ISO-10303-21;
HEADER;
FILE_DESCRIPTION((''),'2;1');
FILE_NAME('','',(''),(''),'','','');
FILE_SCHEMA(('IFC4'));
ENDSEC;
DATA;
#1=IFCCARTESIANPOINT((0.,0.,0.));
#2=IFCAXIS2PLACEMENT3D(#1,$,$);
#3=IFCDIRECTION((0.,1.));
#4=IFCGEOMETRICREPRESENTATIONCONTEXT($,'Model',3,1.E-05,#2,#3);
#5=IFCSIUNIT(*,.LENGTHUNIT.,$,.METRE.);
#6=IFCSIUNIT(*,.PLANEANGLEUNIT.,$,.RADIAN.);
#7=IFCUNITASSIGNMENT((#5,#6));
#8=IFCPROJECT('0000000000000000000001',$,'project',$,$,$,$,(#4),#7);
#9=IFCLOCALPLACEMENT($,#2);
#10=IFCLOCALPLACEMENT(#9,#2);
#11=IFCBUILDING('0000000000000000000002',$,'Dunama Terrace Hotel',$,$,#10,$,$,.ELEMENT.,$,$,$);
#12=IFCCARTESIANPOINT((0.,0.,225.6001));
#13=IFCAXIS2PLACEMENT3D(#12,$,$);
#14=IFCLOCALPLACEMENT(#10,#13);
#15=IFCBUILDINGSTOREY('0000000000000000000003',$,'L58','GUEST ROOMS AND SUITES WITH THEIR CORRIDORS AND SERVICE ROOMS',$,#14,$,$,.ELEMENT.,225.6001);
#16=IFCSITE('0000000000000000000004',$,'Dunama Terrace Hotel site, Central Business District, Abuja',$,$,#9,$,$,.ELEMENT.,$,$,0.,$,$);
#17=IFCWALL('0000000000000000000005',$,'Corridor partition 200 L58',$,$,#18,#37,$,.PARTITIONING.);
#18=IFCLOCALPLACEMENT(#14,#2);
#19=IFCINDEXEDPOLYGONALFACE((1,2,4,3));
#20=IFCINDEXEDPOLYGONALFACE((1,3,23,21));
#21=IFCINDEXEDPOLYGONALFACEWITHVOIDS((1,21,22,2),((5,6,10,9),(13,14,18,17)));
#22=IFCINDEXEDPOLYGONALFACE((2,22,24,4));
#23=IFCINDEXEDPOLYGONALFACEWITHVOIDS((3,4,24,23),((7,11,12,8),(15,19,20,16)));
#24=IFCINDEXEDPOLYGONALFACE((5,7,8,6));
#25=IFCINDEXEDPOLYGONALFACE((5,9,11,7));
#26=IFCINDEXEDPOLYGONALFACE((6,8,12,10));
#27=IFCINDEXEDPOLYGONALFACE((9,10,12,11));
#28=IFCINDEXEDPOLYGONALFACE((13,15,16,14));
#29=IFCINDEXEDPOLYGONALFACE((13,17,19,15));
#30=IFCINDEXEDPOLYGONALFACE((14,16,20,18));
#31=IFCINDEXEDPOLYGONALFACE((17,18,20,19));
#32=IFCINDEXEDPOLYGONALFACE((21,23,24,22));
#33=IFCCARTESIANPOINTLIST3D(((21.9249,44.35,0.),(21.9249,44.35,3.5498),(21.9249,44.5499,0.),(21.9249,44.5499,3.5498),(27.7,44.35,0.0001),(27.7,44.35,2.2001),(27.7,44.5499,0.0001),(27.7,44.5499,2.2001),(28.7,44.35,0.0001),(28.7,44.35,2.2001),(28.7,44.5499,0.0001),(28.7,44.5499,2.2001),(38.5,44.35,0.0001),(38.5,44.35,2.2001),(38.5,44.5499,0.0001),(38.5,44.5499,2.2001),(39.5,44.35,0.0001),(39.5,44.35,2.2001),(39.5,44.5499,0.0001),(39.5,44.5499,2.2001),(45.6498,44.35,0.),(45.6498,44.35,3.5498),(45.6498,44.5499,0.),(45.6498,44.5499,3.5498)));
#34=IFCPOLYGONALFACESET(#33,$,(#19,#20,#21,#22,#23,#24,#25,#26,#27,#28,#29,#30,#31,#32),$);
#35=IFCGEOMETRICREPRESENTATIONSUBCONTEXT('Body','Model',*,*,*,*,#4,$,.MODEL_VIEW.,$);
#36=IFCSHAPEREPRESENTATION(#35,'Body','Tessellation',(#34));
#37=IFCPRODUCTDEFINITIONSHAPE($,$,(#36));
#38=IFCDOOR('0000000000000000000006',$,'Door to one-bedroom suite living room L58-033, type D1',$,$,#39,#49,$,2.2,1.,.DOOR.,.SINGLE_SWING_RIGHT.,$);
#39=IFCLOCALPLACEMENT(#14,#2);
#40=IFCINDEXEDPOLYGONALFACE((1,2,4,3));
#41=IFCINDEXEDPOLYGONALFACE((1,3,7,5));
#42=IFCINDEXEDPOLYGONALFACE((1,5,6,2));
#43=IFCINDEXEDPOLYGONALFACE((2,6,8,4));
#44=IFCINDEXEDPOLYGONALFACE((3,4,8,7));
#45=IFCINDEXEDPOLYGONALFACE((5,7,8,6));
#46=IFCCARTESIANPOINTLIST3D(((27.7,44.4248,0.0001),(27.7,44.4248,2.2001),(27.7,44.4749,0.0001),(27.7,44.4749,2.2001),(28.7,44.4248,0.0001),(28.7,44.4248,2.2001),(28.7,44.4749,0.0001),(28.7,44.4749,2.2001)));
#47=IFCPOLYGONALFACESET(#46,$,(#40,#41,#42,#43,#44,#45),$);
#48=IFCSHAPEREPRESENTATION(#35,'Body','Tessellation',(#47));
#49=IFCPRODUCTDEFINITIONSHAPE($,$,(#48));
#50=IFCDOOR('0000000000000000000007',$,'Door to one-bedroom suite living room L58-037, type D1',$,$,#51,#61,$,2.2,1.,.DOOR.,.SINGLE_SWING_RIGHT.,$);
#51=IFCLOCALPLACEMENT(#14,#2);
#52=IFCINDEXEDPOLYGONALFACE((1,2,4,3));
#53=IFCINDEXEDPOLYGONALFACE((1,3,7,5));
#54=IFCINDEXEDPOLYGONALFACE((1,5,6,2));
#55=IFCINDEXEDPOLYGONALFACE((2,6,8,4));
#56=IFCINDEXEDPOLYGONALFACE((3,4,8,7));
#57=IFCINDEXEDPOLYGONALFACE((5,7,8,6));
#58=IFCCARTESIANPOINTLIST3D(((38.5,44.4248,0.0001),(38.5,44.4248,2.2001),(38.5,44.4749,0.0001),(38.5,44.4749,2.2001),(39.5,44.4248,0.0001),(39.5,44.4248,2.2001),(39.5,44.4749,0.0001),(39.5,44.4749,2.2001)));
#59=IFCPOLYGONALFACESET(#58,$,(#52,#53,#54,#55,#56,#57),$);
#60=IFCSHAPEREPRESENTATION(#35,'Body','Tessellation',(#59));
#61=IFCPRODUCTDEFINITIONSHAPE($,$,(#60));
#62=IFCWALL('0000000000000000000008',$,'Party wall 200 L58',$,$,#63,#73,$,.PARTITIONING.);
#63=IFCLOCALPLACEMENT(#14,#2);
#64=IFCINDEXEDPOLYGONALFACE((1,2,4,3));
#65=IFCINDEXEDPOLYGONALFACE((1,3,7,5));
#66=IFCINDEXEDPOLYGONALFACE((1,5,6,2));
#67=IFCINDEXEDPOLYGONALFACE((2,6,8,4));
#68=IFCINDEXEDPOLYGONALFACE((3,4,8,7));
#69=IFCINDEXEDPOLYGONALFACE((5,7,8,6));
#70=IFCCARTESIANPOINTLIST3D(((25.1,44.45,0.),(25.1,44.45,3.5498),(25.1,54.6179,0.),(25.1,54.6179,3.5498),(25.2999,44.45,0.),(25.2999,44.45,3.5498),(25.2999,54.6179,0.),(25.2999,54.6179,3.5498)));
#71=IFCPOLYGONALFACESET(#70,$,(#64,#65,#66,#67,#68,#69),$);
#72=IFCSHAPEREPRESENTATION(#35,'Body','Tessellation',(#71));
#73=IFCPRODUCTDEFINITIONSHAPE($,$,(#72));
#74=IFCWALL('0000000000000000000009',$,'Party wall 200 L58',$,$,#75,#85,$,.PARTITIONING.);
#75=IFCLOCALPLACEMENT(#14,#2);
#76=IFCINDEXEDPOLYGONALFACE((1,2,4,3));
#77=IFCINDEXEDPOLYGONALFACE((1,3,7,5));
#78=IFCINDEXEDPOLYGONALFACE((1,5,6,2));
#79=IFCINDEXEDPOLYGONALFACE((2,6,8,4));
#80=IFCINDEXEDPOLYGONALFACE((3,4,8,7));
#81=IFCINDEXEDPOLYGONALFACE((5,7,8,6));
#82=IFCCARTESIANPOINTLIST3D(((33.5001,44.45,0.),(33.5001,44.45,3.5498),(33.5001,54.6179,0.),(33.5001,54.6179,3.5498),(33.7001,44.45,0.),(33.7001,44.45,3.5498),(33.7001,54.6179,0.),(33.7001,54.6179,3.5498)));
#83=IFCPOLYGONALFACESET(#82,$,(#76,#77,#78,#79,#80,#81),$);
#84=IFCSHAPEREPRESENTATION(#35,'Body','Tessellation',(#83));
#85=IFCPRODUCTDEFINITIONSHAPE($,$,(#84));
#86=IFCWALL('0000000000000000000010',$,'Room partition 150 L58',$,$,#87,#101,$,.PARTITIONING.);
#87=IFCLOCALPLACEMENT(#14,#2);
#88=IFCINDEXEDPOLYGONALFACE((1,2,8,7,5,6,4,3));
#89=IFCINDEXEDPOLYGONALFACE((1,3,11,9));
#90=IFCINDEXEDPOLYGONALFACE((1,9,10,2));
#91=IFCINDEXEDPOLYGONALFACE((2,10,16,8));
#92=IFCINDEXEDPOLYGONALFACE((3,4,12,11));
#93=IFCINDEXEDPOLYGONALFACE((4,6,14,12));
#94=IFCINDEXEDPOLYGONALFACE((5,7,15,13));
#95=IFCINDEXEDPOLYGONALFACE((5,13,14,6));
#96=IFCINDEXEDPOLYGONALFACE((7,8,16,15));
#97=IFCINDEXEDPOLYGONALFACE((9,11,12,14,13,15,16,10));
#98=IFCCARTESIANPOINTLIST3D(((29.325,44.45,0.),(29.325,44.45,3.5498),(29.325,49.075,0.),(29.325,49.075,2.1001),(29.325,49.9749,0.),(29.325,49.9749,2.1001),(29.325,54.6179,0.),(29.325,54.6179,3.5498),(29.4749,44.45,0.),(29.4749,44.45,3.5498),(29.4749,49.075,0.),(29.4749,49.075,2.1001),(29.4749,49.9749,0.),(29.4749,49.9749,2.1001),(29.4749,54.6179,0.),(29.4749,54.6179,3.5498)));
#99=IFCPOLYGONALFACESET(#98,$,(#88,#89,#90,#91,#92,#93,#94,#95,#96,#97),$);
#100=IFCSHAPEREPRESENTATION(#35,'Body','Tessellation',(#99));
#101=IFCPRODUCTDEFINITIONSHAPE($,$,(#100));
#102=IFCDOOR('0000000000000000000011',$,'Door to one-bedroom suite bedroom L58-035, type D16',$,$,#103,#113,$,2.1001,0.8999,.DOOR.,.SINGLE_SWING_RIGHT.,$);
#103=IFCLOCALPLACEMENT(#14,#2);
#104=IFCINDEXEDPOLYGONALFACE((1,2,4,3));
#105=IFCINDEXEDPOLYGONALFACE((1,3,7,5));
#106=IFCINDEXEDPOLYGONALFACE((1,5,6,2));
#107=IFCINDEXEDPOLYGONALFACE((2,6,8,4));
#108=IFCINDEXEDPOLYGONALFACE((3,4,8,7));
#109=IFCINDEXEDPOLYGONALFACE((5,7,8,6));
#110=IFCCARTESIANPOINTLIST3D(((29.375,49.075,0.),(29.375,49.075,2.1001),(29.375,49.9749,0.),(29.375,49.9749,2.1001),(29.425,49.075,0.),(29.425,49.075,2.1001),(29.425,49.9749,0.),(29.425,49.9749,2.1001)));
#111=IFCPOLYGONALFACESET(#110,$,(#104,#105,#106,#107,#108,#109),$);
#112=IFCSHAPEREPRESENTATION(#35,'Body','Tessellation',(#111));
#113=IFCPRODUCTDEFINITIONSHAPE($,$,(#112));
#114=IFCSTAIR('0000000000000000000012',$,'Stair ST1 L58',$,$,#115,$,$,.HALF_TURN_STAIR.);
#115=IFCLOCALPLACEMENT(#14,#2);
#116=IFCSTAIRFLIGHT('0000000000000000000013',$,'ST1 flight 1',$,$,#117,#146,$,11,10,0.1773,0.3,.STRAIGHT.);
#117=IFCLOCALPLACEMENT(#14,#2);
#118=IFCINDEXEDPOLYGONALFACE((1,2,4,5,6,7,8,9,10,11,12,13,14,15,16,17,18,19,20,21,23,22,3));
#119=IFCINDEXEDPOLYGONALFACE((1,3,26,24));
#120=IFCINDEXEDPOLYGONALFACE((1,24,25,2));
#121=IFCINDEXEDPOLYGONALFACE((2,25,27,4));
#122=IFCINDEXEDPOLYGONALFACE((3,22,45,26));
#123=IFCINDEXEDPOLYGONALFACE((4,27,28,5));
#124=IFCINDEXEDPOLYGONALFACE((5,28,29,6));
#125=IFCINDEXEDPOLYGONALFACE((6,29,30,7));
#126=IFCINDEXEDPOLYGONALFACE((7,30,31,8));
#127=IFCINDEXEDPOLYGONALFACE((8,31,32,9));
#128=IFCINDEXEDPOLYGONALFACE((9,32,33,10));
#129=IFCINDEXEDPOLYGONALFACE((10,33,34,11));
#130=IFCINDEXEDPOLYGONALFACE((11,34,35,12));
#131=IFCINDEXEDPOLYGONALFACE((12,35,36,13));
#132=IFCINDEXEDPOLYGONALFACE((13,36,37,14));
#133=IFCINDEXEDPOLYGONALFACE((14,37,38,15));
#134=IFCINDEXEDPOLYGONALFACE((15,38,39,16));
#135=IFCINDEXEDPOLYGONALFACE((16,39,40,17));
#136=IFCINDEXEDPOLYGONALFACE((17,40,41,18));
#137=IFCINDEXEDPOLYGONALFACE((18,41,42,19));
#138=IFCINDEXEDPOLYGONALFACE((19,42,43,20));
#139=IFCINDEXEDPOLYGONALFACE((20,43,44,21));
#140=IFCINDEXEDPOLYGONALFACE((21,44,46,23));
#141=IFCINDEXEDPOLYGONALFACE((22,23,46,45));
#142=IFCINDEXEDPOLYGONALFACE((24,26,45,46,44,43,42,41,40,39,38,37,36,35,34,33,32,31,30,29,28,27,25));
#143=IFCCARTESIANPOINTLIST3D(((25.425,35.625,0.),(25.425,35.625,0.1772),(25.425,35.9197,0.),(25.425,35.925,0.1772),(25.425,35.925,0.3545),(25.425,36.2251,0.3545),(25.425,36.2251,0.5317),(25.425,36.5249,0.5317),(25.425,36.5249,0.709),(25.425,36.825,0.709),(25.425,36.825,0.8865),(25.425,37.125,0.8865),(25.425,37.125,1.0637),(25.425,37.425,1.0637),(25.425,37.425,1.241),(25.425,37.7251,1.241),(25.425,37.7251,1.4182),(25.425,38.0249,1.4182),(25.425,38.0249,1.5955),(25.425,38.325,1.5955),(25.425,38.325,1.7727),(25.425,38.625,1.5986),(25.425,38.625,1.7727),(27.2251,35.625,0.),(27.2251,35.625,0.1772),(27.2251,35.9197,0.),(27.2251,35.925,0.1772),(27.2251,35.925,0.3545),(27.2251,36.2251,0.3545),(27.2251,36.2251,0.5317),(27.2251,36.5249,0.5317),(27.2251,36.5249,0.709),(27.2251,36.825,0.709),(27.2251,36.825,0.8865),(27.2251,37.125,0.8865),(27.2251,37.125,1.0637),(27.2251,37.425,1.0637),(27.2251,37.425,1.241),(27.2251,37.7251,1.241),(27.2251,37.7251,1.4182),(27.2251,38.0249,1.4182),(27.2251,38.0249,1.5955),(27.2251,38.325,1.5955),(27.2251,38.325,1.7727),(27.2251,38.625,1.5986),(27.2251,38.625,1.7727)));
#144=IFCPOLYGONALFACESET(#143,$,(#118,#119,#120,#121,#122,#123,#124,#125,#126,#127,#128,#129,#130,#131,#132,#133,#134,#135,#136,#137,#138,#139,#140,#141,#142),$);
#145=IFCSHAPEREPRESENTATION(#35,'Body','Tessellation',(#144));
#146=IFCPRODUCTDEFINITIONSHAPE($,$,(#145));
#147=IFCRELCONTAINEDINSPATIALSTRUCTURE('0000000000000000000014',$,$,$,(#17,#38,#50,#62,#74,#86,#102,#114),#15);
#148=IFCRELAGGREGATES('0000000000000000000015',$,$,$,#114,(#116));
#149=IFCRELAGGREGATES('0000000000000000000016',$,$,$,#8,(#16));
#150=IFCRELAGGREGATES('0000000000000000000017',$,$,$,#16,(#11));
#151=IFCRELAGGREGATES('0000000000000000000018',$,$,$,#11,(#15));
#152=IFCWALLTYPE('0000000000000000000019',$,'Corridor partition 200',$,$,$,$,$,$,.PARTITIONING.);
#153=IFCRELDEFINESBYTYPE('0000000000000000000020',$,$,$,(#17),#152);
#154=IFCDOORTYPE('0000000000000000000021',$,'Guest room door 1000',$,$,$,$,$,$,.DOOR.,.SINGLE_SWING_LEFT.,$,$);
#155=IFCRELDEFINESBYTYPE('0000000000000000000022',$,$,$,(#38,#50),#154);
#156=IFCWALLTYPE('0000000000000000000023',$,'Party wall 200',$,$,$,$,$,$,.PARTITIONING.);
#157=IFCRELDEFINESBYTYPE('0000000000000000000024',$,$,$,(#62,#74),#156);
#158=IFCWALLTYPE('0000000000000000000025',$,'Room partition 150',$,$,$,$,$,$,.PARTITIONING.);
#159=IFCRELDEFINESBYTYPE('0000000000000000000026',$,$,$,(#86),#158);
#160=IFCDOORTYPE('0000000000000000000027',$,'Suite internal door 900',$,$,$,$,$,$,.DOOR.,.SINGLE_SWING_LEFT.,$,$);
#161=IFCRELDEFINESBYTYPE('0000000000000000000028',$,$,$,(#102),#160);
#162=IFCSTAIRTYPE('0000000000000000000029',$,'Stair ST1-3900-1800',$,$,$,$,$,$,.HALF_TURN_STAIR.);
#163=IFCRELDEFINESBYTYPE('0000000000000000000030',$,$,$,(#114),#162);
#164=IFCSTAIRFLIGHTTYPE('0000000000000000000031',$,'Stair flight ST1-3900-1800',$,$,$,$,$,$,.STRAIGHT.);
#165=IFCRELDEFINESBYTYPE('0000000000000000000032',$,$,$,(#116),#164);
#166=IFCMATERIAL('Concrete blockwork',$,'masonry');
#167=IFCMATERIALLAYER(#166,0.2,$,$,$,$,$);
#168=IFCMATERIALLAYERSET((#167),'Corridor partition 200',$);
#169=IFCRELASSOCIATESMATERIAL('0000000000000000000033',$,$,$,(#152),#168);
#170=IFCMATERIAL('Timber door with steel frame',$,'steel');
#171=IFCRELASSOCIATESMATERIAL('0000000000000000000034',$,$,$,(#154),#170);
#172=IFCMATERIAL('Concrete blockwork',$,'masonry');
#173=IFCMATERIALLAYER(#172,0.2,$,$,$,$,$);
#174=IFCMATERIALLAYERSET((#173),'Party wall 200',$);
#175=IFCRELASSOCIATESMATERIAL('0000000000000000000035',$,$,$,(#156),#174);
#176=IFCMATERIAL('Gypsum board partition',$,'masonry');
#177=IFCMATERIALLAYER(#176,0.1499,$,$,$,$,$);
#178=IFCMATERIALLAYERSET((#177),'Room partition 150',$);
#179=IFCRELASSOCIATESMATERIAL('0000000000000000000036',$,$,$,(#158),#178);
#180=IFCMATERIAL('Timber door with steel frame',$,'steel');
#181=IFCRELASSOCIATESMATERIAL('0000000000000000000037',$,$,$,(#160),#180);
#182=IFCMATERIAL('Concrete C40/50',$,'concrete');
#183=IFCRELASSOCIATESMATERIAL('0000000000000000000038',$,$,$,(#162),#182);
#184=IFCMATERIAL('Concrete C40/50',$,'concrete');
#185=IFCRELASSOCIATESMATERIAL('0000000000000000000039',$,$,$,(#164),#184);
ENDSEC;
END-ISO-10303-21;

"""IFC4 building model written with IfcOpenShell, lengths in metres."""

from ifc_helpers import new_model, si_unit, direction, frame, frame_2d, origin, place, context, subcontext, project, spatial, polyline, rectangle, outline, extrude, material, layer, layer_set, type_object, element, fill, aggregate, save


model = new_model("IFC4")

# Units and contexts
model_context = context("Model", 3, precision=1e-05, world=origin(), true_north=direction((0.0, 1.0)))
body_context = subcontext(model_context, "Body", "Model", "MODEL_VIEW")
ifc_project = project(units=[si_unit("LENGTHUNIT", "METRE"), si_unit("PLANEANGLEUNIT", "RADIAN")], contexts=[model_context])

# Site, building, storey
site_placement = place(None, origin())
site = spatial("IfcSite", under=ifc_project, at=site_placement, Name="Dunama Terrace Hotel site, Central Business District, Abuja", CompositionType="ELEMENT", RefElevation=0.0)
building_placement = place(site_placement, origin())
building = spatial("IfcBuilding", under=site, at=building_placement, Name="Dunama Terrace Hotel", CompositionType="ELEMENT")
storey_placement = place(building_placement, frame((0.0, 0.0, 225.6001)))
storey = spatial("IfcBuildingStorey", under=building, at=storey_placement, Name="L58", Description="GUEST ROOMS AND SUITES WITH THEIR CORRIDORS AND SERVICE ROOMS", CompositionType="ELEMENT", Elevation=225.6001)

# Wall, openings, doors
ifc_material_1 = material(Name="Concrete blockwork", Category="masonry")
ifc_layer_1 = layer(ifc_material_1, 0.2)
ifc_layer_set_1 = layer_set([ifc_layer_1], Name="Corridor partition 200")
wall_type_1 = type_object("IfcWallType", Name="Corridor partition 200", PredefinedType="PARTITIONING", material=ifc_layer_set_1)
wall_1_placement = place(storey_placement, frame((21.925, 44.45, 0.0), z_axis=(0.0, 0.0, 1.0), x_axis=(1.0, 0.0, 0.0)))
wall_1 = element("IfcWall", 1, at=wall_1_placement, inside=storey, type_object=wall_type_1, Name="Corridor partition 200 L58", PredefinedType="PARTITIONING", context=body_context, shape_type="SweptSolid", body=[
    extrude(rectangle(XDim=23.7249, YDim=0.2, at=frame_2d((11.8623, 0.0))), origin(), (0.0, 0.0, 1.0), 3.5498),
])
opening_1_placement = place(wall_1_placement, frame((5.7749, 0.0, 0.0)))
opening_1 = element("IfcOpeningElement", 2, at=opening_1_placement, cuts=wall_1, PredefinedType="OPENING", context=body_context, shape_type="SweptSolid", body=[
    extrude(rectangle(XDim=1.0, YDim=2.2, at=frame_2d((0.5, 1.1001))), frame((0.0, 0.1099, 0.0), z_axis=(0.0, -1.0, 0.0), x_axis=(1.0, 0.0, 0.0)), (0.0, 0.0, 1.0), 0.22),
])
opening_2_placement = place(wall_1_placement, frame((16.575, 0.0, 0.0)))
opening_2 = element("IfcOpeningElement", 3, at=opening_2_placement, cuts=wall_1, PredefinedType="OPENING", context=body_context, shape_type="SweptSolid", body=[
    extrude(rectangle(XDim=1.0, YDim=2.2, at=frame_2d((0.5, 1.1001))), frame((0.0, 0.1099, 0.0), z_axis=(0.0, -1.0, 0.0), x_axis=(1.0, 0.0, 0.0)), (0.0, 0.0, 1.0), 0.22),
])
ifc_material_2 = material(Name="Timber door with steel frame", Category="steel")
door_type_1 = type_object("IfcDoorType", Name="Guest room door 1000", OperationType="SINGLE_SWING_LEFT", PredefinedType="DOOR", material=ifc_material_2)
door_1_placement = place(opening_1_placement, origin())
door_1 = element("IfcDoor", 4, at=door_1_placement, inside=storey, type_object=door_type_1, Name="Door to one-bedroom suite living room L58-033, type D1", OperationType="SINGLE_SWING_RIGHT", OverallHeight=2.2, OverallWidth=1.0, PredefinedType="DOOR", context=body_context, shape_type="SweptSolid", body=[
    extrude(rectangle(XDim=1.0, YDim=2.2, at=frame_2d((0.5, 1.1001))), frame((0.0, 0.0249, 0.0), z_axis=(0.0, -1.0, 0.0), x_axis=(1.0, 0.0, 0.0)), (0.0, 0.0, 1.0), 0.05),
])
fill(opening_1, door_1)
door_2_placement = place(opening_2_placement, origin())
door_2 = element("IfcDoor", 5, at=door_2_placement, inside=storey, type_object=door_type_1, Name="Door to one-bedroom suite living room L58-037, type D1", OperationType="SINGLE_SWING_RIGHT", OverallHeight=2.2, OverallWidth=1.0, PredefinedType="DOOR", context=body_context, shape_type="SweptSolid", body=[
    extrude(rectangle(XDim=1.0, YDim=2.2, at=frame_2d((0.5, 1.1001))), frame((0.0, 0.0249, 0.0), z_axis=(0.0, -1.0, 0.0), x_axis=(1.0, 0.0, 0.0)), (0.0, 0.0, 1.0), 0.05),
])
fill(opening_2, door_2)

# Walls
ifc_material_3 = material(Name="Concrete blockwork", Category="masonry")
ifc_layer_2 = layer(ifc_material_3, 0.2)
ifc_layer_set_2 = layer_set([ifc_layer_2], Name="Party wall 200")
wall_type_2 = type_object("IfcWallType", Name="Party wall 200", PredefinedType="PARTITIONING", material=ifc_layer_set_2)
for number, where, z_axis, x_axis, name in (
    (6, (25.2, 44.45, 0.0), (0.0, 0.0, 1.0), (0.0, 1.0, 0.0), "Party wall 200 L58"),
    (7, (33.6001, 44.45, 0.0), (0.0, 0.0, 1.0), (0.0, 1.0, 0.0), "Party wall 200 L58"),
):
    element("IfcWall", number, at=place(storey_placement, frame(where, z_axis=z_axis, x_axis=x_axis)), inside=storey, type_object=wall_type_2, Name=name, PredefinedType="PARTITIONING", context=body_context, shape_type="SweptSolid", body=[
        extrude(rectangle(XDim=10.168, YDim=0.2, at=frame_2d((5.084, 0.0))), origin(), (0.0, 0.0, 1.0), 3.5498),
    ])

# Wall, opening, door
ifc_material_4 = material(Name="Gypsum board partition", Category="masonry")
ifc_layer_3 = layer(ifc_material_4, 0.1499)
ifc_layer_set_3 = layer_set([ifc_layer_3], Name="Room partition 150")
wall_type_3 = type_object("IfcWallType", Name="Room partition 150", PredefinedType="PARTITIONING", material=ifc_layer_set_3)
wall_2_placement = place(storey_placement, frame((29.3999, 44.45, 0.0), z_axis=(0.0, 0.0, 1.0), x_axis=(0.0, 1.0, 0.0)))
wall_2 = element("IfcWall", 8, at=wall_2_placement, inside=storey, type_object=wall_type_3, Name="Room partition 150 L58", PredefinedType="PARTITIONING", context=body_context, shape_type="SweptSolid", body=[
    extrude(rectangle(XDim=10.168, YDim=0.1499, at=frame_2d((5.084, 0.0))), origin(), (0.0, 0.0, 1.0), 3.5498),
])
opening_3_placement = place(wall_2_placement, frame((4.625, 0.0, 0.0)))
opening_3 = element("IfcOpeningElement", 9, at=opening_3_placement, cuts=wall_2, PredefinedType="OPENING", context=body_context, shape_type="SweptSolid", body=[
    extrude(rectangle(XDim=0.8999, YDim=2.1001, at=frame_2d((0.45, 1.05))), frame((0.0, 0.085, 0.0), z_axis=(0.0, -1.0, 0.0), x_axis=(1.0, 0.0, 0.0)), (0.0, 0.0, 1.0), 0.1699),
])
ifc_material_5 = material(Name="Timber door with steel frame", Category="steel")
door_type_2 = type_object("IfcDoorType", Name="Suite internal door 900", OperationType="SINGLE_SWING_LEFT", PredefinedType="DOOR", material=ifc_material_5)
door_3_placement = place(opening_3_placement, frame((0.8999, 0.0, 0.0), z_axis=(0.0, 0.0, 1.0), x_axis=(-1.0, 0.0, 0.0)))
door_3 = element("IfcDoor", 10, at=door_3_placement, inside=storey, type_object=door_type_2, Name="Door to one-bedroom suite bedroom L58-035, type D16", OperationType="SINGLE_SWING_RIGHT", OverallHeight=2.1001, OverallWidth=0.8999, PredefinedType="DOOR", context=body_context, shape_type="SweptSolid", body=[
    extrude(rectangle(XDim=0.8999, YDim=2.1001, at=frame_2d((0.45, 1.05))), frame((0.0, 0.0251, 0.0), z_axis=(0.0, -1.0, 0.0), x_axis=(1.0, 0.0, 0.0)), (0.0, 0.0, 1.0), 0.05),
])
fill(opening_3, door_3)

# Stair, stair flight
ifc_material_6 = material(Name="Concrete C40/50", Category="concrete")
stair_type = type_object("IfcStairType", Name="Stair ST1-3900-1800", PredefinedType="HALF_TURN_STAIR", material=ifc_material_6)
stair_placement = place(storey_placement, origin())
stair = element("IfcStair", 11, at=stair_placement, inside=storey, type_object=stair_type, Name="Stair ST1 L58", PredefinedType="HALF_TURN_STAIR")
ifc_material_7 = material(Name="Concrete C40/50", Category="concrete")
stair_flight_type = type_object("IfcStairFlightType", Name="Stair flight ST1-3900-1800", PredefinedType="STRAIGHT", material=ifc_material_7)
stair_flight_1_placement = place(storey_placement, frame((26.325, 35.625, 0.0), z_axis=(0.0, 0.0, 1.0), x_axis=(0.0, 1.0, 0.0)))
stair_flight_1 = element("IfcStairFlight", 12, at=stair_flight_1_placement, type_object=stair_flight_type, Name="ST1 flight 1", NumberOfRisers=11, NumberOfTreads=10, PredefinedType="STRAIGHT", RiserHeight=0.1773, TreadLength=0.3, context=body_context, shape_type="SweptSolid", body=[
    extrude(outline(polyline([(0.0, 0.0), (0.0, 0.1772), (0.3, 0.1772), (0.3, 0.3545), (0.6001, 0.3545), (0.6001, 0.5317), (0.8999, 0.5317), (0.8999, 0.709), (1.2, 0.709), (1.2, 0.8865), (1.5, 0.8865), (1.5, 1.0637), (1.8, 1.0637), (1.8, 1.241), (2.1001, 1.241), (2.1001, 1.4182), (2.3999, 1.4182), (2.3999, 1.5955), (2.7, 1.5955), (2.7, 1.7727), (3.0, 1.7727), (3.0, 1.95), (3.0, 1.5986), (0.2947, 0.0), (0.0, 0.0)])), frame((0.0, 0.8999, 0.0), z_axis=(0.0, -1.0, 0.0), x_axis=(1.0, 0.0, 0.0)), (0.0, 0.0, 1.0), 1.8),
])
aggregate(stair, [stair_flight_1])

save(model, "model.ifc")
